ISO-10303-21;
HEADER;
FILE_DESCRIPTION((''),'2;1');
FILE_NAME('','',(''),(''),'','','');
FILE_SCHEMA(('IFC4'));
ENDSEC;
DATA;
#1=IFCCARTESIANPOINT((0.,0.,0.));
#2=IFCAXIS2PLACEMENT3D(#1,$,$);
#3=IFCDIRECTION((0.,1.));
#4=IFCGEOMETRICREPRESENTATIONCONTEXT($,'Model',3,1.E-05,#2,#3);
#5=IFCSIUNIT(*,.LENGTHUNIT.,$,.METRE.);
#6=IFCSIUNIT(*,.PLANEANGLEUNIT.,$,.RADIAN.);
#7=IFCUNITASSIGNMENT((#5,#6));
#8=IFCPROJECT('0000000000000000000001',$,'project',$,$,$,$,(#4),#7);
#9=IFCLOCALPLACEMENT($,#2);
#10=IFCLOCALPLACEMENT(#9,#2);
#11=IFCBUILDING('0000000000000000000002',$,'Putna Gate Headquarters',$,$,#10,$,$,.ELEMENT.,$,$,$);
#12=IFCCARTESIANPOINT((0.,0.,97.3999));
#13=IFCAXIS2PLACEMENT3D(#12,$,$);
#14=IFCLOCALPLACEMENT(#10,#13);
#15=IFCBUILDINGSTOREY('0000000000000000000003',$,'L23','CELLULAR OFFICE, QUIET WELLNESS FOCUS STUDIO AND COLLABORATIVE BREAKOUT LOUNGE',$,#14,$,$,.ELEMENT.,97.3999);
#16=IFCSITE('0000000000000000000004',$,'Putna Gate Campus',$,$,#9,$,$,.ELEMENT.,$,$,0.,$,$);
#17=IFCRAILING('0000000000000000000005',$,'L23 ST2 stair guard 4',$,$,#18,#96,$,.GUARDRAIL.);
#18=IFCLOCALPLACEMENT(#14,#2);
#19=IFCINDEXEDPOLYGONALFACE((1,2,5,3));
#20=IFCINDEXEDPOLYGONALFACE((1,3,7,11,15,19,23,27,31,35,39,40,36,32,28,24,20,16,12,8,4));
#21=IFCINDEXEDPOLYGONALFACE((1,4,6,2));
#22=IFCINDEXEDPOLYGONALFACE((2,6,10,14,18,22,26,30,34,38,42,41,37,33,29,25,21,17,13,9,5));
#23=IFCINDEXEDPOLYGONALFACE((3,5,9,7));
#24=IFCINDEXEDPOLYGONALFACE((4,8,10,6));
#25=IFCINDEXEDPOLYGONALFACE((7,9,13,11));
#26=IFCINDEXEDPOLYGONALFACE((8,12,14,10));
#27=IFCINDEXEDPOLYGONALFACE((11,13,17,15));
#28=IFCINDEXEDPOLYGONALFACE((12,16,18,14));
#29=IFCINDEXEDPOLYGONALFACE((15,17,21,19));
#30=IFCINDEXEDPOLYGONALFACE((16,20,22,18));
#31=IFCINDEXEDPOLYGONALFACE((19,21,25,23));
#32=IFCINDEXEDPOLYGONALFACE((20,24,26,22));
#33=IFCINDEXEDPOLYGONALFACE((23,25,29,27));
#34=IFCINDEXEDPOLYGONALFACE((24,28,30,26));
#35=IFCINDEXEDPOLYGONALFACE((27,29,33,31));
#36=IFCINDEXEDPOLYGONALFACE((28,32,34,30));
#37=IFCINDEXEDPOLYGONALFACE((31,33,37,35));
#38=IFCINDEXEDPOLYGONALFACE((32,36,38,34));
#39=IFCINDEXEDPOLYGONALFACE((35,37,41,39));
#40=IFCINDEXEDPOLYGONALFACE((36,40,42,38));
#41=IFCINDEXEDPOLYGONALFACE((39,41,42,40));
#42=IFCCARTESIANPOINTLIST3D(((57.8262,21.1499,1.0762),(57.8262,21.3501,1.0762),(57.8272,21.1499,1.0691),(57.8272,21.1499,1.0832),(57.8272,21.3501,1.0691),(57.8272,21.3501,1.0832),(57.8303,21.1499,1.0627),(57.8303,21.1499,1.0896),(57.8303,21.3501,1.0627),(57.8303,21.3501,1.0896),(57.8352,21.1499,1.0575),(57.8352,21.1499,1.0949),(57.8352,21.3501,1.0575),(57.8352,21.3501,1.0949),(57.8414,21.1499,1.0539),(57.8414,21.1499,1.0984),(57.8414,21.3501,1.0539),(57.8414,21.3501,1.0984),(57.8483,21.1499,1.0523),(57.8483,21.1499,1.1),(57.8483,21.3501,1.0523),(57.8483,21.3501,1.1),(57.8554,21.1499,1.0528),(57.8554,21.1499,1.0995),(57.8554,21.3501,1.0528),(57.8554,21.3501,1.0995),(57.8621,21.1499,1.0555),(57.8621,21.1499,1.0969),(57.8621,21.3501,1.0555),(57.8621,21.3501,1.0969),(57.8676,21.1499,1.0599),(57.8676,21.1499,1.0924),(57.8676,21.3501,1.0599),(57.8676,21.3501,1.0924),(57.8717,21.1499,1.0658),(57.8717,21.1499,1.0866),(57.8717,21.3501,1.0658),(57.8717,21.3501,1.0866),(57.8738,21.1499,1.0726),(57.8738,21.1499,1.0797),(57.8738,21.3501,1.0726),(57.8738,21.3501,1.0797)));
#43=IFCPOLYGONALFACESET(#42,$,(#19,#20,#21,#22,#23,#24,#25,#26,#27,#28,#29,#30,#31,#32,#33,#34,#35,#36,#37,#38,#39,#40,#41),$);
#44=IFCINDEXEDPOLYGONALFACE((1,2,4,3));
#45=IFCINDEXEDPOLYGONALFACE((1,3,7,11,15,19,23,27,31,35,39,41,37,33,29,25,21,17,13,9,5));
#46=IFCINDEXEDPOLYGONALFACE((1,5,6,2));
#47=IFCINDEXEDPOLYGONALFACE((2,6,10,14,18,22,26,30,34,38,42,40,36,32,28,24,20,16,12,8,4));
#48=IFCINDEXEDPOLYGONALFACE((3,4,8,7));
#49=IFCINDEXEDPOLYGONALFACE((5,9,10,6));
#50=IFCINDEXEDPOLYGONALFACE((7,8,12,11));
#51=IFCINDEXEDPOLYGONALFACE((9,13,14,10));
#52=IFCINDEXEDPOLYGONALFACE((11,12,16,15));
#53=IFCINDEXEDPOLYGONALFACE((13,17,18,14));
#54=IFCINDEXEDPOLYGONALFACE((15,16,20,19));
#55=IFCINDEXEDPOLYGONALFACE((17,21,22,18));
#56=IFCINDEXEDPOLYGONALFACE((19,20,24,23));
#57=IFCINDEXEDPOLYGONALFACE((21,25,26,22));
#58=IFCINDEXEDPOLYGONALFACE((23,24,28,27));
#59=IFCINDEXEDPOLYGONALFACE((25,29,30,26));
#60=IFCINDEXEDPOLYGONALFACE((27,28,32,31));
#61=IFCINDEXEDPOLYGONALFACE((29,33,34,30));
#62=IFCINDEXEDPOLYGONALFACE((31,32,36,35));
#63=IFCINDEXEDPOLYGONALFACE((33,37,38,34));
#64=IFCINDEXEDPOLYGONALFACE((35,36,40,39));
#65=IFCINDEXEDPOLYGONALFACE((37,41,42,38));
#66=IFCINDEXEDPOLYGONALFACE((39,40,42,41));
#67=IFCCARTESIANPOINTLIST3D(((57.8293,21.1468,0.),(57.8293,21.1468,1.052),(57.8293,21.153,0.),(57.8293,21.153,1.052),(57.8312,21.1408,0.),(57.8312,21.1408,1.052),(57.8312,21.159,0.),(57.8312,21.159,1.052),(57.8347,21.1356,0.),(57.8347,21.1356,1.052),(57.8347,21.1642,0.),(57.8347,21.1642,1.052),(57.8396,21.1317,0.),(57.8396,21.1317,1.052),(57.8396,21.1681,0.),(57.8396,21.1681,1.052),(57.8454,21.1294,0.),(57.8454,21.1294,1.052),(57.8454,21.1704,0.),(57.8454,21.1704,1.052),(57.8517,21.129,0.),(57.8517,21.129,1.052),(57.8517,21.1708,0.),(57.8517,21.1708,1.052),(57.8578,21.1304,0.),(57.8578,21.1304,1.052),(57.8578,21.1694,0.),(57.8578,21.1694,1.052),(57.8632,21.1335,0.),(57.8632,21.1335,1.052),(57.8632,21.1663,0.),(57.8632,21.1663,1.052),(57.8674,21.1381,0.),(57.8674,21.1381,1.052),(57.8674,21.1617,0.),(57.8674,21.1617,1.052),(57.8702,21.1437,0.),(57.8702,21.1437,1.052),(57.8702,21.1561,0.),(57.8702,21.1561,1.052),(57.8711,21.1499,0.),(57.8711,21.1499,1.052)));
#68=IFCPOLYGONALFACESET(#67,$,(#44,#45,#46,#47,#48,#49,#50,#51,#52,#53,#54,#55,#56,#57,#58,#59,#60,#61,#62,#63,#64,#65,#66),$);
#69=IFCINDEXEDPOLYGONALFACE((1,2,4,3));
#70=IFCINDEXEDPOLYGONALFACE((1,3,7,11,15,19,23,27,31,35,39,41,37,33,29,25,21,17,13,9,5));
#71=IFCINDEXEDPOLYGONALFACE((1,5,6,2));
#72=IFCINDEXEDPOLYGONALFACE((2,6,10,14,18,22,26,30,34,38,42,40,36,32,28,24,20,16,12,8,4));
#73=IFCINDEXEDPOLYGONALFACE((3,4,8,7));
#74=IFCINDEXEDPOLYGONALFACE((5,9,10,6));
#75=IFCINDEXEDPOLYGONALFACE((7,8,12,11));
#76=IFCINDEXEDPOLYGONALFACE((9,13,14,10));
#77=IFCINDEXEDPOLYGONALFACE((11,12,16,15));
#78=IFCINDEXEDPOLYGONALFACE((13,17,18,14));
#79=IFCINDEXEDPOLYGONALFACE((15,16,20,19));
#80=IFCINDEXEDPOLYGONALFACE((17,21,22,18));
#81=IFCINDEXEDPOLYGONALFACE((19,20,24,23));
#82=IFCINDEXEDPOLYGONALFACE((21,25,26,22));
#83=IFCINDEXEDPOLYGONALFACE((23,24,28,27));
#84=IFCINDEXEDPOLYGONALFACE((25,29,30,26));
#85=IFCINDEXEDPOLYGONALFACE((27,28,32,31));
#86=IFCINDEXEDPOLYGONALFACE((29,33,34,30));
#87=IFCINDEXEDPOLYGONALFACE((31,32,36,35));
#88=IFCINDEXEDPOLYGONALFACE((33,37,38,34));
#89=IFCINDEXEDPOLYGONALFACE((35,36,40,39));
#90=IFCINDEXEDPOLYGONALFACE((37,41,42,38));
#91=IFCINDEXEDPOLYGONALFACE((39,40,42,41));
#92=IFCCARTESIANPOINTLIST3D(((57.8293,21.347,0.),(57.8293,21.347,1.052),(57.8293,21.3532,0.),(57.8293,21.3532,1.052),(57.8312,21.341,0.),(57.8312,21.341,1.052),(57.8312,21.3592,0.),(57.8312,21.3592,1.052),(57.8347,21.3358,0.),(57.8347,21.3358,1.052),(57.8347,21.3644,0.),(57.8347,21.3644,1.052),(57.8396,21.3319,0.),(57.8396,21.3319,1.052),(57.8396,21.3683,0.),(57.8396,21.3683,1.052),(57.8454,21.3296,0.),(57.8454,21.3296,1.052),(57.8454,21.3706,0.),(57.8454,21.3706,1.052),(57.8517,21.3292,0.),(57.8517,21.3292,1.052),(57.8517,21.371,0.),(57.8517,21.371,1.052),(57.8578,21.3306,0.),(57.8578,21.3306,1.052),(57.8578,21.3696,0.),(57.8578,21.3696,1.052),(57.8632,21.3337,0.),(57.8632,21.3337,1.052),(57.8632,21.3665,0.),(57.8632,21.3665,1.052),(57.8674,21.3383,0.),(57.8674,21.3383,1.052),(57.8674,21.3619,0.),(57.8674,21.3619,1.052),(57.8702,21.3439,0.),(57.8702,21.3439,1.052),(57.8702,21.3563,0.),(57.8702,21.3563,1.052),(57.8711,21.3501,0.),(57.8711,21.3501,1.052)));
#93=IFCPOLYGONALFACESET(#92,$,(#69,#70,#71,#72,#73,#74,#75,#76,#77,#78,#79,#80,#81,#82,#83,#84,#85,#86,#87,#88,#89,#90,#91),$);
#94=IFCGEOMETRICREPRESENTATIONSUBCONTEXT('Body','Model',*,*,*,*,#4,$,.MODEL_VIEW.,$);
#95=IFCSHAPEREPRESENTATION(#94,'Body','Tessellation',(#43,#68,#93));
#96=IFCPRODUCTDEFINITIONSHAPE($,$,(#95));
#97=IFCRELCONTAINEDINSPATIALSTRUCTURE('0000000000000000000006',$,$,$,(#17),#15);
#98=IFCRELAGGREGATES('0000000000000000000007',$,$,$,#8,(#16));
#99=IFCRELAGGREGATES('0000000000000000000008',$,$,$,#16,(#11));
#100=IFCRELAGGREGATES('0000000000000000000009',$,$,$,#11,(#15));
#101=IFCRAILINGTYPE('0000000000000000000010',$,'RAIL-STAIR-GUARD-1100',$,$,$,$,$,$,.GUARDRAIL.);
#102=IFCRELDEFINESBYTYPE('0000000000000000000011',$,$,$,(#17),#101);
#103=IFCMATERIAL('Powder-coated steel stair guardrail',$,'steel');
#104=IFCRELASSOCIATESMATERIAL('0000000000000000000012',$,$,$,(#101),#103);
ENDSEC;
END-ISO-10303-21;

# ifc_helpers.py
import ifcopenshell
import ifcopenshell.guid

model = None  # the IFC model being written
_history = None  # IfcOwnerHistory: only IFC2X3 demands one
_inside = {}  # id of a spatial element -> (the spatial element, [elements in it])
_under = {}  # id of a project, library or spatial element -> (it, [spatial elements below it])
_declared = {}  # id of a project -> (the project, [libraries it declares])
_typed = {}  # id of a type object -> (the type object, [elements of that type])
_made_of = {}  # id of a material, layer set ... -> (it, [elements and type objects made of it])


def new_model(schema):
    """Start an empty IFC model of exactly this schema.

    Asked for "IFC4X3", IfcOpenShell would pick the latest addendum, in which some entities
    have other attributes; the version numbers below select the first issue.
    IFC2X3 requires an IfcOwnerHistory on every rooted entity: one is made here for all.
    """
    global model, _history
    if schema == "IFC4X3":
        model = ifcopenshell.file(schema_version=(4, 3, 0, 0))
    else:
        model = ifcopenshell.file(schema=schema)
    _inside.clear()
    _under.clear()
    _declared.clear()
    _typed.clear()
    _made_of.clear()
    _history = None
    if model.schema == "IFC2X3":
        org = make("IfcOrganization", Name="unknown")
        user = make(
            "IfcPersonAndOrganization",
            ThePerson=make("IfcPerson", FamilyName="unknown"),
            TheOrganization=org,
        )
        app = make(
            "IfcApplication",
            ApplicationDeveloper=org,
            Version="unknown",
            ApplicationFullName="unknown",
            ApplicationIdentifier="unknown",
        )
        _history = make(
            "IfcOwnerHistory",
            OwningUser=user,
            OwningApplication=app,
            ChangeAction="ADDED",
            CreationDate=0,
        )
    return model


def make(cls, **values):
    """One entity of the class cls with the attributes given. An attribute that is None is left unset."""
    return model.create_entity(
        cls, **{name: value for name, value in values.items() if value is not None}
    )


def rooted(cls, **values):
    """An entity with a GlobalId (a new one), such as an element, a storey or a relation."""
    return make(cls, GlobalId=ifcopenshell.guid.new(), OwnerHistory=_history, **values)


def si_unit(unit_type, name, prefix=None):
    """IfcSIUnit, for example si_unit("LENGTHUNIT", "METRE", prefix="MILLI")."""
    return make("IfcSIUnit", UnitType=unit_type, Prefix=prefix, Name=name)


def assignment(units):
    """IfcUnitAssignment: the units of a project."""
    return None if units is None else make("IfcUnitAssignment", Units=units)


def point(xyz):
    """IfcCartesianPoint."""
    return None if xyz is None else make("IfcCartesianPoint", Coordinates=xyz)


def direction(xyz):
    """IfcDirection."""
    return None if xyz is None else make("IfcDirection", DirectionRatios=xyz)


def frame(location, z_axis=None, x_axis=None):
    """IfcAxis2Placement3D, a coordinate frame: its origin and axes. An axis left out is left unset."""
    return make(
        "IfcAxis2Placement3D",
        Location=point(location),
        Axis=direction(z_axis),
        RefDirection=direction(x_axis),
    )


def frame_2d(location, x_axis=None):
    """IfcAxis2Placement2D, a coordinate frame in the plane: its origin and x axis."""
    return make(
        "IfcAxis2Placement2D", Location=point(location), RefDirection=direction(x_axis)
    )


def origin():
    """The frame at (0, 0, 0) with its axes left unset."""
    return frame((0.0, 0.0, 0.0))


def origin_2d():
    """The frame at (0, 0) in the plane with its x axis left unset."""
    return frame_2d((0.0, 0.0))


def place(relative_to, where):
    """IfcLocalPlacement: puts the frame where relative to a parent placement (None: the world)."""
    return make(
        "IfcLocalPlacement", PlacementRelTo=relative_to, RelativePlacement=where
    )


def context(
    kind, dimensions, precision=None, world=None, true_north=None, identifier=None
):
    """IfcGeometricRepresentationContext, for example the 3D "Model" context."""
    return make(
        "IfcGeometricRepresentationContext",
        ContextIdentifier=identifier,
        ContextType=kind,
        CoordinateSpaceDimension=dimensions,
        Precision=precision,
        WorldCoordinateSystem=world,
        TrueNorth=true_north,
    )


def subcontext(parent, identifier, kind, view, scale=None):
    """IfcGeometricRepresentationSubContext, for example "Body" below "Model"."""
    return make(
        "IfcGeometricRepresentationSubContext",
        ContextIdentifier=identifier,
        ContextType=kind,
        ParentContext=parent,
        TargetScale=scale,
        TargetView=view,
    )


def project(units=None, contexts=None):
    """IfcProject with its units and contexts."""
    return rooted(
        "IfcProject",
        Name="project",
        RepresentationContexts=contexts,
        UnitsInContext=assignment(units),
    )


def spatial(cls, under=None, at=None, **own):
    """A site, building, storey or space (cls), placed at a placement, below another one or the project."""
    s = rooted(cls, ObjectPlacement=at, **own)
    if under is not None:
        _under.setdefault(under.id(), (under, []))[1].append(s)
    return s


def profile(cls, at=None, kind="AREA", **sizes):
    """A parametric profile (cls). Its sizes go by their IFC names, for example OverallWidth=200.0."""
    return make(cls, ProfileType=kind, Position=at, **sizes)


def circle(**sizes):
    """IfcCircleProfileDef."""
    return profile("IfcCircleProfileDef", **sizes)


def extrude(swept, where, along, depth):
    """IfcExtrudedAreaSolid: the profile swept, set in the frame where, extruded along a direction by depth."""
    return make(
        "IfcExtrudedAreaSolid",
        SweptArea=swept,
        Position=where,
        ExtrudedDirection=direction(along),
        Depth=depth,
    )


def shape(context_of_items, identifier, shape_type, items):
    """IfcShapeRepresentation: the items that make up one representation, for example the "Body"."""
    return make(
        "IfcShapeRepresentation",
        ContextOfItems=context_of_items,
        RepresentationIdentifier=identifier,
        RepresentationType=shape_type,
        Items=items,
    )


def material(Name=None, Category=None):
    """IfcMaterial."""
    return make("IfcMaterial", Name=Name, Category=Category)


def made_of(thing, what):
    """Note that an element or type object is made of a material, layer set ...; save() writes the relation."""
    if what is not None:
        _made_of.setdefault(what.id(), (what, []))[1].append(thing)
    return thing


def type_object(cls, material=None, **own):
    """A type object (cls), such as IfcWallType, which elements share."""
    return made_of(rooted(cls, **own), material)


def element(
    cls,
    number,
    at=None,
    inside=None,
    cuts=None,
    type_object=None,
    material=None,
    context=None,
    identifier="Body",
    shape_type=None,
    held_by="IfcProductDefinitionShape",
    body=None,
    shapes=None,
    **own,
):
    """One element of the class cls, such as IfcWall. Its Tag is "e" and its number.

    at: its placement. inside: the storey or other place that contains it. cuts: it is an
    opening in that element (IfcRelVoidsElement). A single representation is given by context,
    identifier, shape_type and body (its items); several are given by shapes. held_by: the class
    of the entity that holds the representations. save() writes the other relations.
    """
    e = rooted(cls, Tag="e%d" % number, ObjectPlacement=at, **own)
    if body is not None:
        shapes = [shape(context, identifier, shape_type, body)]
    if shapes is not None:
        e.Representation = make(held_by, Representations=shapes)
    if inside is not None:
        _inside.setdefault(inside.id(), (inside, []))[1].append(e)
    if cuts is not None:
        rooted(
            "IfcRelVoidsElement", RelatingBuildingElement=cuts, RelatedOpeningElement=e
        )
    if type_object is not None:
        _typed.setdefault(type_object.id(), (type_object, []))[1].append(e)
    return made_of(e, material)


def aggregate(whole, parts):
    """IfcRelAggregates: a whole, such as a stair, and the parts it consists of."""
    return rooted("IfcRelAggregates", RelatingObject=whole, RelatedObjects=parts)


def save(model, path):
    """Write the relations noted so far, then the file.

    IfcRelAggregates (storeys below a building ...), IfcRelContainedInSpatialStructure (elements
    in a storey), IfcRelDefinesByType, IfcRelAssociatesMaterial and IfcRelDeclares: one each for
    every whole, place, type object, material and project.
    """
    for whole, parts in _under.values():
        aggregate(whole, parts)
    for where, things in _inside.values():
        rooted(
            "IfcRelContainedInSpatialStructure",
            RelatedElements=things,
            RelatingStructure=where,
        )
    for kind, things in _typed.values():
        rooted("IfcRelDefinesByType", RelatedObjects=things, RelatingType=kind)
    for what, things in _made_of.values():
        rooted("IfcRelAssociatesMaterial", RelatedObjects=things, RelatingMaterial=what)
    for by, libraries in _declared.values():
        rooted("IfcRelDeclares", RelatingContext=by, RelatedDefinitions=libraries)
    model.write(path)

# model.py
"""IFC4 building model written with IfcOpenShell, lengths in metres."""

from ifc_helpers import new_model, si_unit, direction, frame, origin, origin_2d, place, context, subcontext, project, spatial, circle, extrude, material, type_object, element, save


model = new_model("IFC4")

# Units and contexts
model_context = context("Model", 3, precision=1e-05, world=origin(), true_north=direction((0.0, 1.0)))
body_context = subcontext(model_context, "Body", "Model", "MODEL_VIEW")
ifc_project = project(units=[si_unit("LENGTHUNIT", "METRE"), si_unit("PLANEANGLEUNIT", "RADIAN")], contexts=[model_context])

# Site, building, storey
site_placement = place(None, origin())
site = spatial("IfcSite", under=ifc_project, at=site_placement, Name="Putna Gate Campus", CompositionType="ELEMENT", RefElevation=0.0)
building_placement = place(site_placement, origin())
building = spatial("IfcBuilding", under=site, at=building_placement, Name="Putna Gate Headquarters", CompositionType="ELEMENT")
storey_placement = place(building_placement, frame((0.0, 0.0, 97.3999)))
storey = spatial("IfcBuildingStorey", under=building, at=storey_placement, Name="L23", Description="CELLULAR OFFICE, QUIET WELLNESS FOCUS STUDIO AND COLLABORATIVE BREAKOUT LOUNGE", CompositionType="ELEMENT", Elevation=97.3999)

# Railing
ifc_material_1 = material(Name="Powder-coated steel stair guardrail", Category="steel")
railing_type_1 = type_object("IfcRailingType", Name="RAIL-STAIR-GUARD-1100", PredefinedType="GUARDRAIL", material=ifc_material_1)
railing_1_placement = place(storey_placement, frame((57.8501, 21.1499, 0.0)))
element("IfcRailing", 1, at=railing_1_placement, inside=storey, type_object=railing_type_1, Name="L23 ST2 stair guard 4", PredefinedType="GUARDRAIL", context=body_context, shape_type="SweptSolid", body=[
    extrude(circle(Radius=0.0239, at=origin_2d()), frame((0.0, 0.0, 1.0762), z_axis=(0.0, 1.0, 0.0), x_axis=(-1.0, 0.0, 0.0)), (0.0, 0.0, 1.0), 0.2002),
    extrude(circle(Radius=0.021, at=origin_2d()), origin(), (0.0, 0.0, 1.0), 1.052),
    extrude(circle(Radius=0.021, at=origin_2d()), frame((0.0, 0.2002, 0.0)), (0.0, 0.0, 1.0), 1.052),
])

save(model, "model.ifc")
